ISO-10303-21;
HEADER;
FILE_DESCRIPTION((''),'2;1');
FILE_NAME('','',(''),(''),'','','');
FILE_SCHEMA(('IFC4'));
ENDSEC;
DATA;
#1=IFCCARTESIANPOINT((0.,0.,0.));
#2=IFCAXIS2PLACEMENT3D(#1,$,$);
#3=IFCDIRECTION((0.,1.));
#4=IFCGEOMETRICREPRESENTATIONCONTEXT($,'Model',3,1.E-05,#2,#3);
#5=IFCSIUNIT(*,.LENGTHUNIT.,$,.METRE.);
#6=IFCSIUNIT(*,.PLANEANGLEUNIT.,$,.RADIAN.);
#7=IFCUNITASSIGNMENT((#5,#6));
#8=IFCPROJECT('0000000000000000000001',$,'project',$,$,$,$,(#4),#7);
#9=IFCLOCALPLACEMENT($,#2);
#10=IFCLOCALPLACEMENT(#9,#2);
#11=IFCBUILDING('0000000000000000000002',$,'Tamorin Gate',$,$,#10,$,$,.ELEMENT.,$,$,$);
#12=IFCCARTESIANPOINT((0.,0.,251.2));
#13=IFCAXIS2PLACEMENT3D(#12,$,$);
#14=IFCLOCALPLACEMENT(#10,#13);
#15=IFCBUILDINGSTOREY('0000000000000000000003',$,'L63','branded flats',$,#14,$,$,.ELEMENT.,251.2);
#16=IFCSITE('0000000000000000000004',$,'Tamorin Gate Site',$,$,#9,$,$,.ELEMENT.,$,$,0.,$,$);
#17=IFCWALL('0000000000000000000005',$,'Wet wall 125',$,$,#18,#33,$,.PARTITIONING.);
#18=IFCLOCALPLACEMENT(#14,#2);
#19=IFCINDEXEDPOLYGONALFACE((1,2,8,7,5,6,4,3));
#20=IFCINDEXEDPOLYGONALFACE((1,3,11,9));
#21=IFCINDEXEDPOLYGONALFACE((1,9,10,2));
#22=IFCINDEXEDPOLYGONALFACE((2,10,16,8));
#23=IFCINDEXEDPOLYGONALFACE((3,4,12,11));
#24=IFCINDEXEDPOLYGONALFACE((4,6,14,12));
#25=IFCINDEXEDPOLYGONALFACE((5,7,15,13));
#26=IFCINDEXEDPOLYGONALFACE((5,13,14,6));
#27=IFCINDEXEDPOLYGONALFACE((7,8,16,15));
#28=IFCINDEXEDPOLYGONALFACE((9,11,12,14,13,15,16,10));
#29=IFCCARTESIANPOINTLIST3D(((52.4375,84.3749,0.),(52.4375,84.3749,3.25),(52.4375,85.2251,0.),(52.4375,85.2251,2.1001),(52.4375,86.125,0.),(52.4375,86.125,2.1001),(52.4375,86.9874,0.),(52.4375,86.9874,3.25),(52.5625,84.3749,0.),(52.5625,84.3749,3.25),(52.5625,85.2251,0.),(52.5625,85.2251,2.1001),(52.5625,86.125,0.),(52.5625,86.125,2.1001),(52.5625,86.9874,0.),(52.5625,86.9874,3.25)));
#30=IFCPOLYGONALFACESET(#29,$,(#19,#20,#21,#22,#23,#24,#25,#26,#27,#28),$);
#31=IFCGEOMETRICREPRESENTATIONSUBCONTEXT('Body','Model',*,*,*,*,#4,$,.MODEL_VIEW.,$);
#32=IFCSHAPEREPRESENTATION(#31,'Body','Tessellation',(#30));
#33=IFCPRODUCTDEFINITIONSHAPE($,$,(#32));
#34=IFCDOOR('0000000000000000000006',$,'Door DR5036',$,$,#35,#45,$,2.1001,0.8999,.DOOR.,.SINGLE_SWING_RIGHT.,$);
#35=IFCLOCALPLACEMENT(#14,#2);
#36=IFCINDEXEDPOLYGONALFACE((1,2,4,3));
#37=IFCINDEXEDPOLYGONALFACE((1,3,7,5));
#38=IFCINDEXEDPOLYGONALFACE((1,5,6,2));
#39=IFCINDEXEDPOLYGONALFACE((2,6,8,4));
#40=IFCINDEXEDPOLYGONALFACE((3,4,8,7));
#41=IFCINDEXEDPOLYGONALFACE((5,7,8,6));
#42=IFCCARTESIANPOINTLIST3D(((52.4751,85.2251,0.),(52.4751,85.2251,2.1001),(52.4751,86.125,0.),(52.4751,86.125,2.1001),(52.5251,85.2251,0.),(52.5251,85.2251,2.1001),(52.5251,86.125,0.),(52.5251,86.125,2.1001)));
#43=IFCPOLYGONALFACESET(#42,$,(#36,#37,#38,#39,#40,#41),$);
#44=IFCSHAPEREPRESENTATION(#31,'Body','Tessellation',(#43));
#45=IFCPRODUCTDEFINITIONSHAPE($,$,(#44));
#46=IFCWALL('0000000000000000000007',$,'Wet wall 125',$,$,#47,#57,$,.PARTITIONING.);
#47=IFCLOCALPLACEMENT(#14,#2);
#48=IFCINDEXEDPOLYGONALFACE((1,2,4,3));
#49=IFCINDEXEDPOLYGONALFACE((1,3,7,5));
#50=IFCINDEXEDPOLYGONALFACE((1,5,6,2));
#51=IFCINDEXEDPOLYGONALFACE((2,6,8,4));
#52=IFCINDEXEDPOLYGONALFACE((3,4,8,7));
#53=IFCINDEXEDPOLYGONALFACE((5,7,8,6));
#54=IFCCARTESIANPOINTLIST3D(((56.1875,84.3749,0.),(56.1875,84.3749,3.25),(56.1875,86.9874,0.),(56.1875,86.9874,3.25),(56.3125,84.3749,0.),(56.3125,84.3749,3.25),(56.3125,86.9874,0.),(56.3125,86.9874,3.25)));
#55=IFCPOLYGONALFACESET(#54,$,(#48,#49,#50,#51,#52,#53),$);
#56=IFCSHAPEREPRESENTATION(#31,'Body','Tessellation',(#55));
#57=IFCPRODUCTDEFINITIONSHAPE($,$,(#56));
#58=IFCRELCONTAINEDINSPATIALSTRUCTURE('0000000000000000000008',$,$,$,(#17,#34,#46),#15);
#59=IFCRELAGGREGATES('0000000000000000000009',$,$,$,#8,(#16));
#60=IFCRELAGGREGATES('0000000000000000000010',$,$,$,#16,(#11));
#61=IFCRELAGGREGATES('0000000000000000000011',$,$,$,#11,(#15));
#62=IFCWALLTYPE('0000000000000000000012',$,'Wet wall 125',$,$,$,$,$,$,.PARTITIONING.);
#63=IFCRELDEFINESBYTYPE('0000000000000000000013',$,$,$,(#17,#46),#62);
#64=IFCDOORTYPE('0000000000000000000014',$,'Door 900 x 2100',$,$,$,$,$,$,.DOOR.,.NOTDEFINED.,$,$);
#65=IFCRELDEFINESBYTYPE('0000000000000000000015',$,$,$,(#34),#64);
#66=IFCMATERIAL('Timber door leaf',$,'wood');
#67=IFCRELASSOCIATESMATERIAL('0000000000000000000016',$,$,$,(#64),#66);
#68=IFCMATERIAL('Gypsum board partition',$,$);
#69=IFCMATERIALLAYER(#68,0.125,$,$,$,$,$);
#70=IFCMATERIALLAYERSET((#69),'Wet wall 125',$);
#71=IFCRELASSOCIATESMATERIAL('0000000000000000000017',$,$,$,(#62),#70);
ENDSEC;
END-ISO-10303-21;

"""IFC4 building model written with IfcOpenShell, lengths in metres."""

from ifc_helpers import new_model, si_unit, direction, frame, frame_2d, origin, place, context, subcontext, project, spatial, rectangle, extrude, material, layer, layer_set, type_object, element, fill, save


model = new_model("IFC4")

# Units and contexts
model_context = context("Model", 3, precision=1e-05, world=origin(), true_north=direction((0.0, 1.0)))
body_context = subcontext(model_context, "Body", "Model", "MODEL_VIEW")
ifc_project = project(units=[si_unit("LENGTHUNIT", "METRE"), si_unit("PLANEANGLEUNIT", "RADIAN")], contexts=[model_context])

# Site, building, storey
site_placement = place(None, origin())
site = spatial("IfcSite", under=ifc_project, at=site_placement, Name="Tamorin Gate Site", CompositionType="ELEMENT", RefElevation=0.0)
building_placement = place(site_placement, origin())
building = spatial("IfcBuilding", under=site, at=building_placement, Name="Tamorin Gate", CompositionType="ELEMENT")
storey_placement = place(building_placement, frame((0.0, 0.0, 251.2)))
storey = spatial("IfcBuildingStorey", under=building, at=storey_placement, Name="L63", Description="branded flats", CompositionType="ELEMENT", Elevation=251.2)

# Shared definitions
ifc_material_1 = material(Name="Gypsum board partition")

# Wall, opening, door
ifc_material_2 = material(Name="Timber door leaf", Category="wood")
door_type = type_object("IfcDoorType", Name="Door 900 x 2100", OperationType="NOTDEFINED", PredefinedType="DOOR", material=ifc_material_2)
ifc_layer_1 = layer(ifc_material_1, 0.125)
ifc_layer_set_1 = layer_set([ifc_layer_1], Name="Wet wall 125")
wall_type_1 = type_object("IfcWallType", Name="Wet wall 125", PredefinedType="PARTITIONING", material=ifc_layer_set_1)
wall_1_placement = place(storey_placement, frame((52.5, 84.375, 0.0), z_axis=(0.0, 0.0, 1.0), x_axis=(0.0, 1.0, 0.0)))
wall_1 = element("IfcWall", 1, at=wall_1_placement, inside=storey, type_object=wall_type_1, Name="Wet wall 125", PredefinedType="PARTITIONING", context=body_context, shape_type="SweptSolid", body=[
    extrude(rectangle(XDim=2.6125, YDim=0.125, at=frame_2d((1.3062, 0.0))), origin(), (0.0, 0.0, 1.0), 3.25),
])
opening_1_placement = place(wall_1_placement, frame((0.8501, 0.0, 0.0)))
opening_1 = element("IfcOpeningElement", 2, at=opening_1_placement, cuts=wall_1, PredefinedType="OPENING", context=body_context, shape_type="SweptSolid", body=[
    extrude(rectangle(XDim=0.8999, YDim=2.1001, at=frame_2d((0.45, 1.05))), frame((0.0, 0.0725, 0.0), z_axis=(0.0, -1.0, 0.0), x_axis=(1.0, 0.0, 0.0)), (0.0, 0.0, 1.0), 0.145),
])
door_1_placement = place(opening_1_placement, origin())
door_1 = element("IfcDoor", 3, at=door_1_placement, inside=storey, type_object=door_type, Name="Door DR5036", OperationType="SINGLE_SWING_RIGHT", OverallHeight=2.1001, OverallWidth=0.8999, PredefinedType="DOOR", context=body_context, shape_type="SweptSolid", body=[
    extrude(rectangle(XDim=0.8999, YDim=2.1001, at=frame_2d((0.45, 1.05))), frame((0.0, 0.0249, 0.0), z_axis=(0.0, -1.0, 0.0), x_axis=(1.0, 0.0, 0.0)), (0.0, 0.0, 1.0), 0.05),
])
fill(opening_1, door_1)

# Wall
wall_2_placement = place(storey_placement, frame((56.25, 84.375, 0.0), z_axis=(0.0, 0.0, 1.0), x_axis=(0.0, 1.0, 0.0)))
element("IfcWall", 4, at=wall_2_placement, inside=storey, type_object=wall_type_1, Name="Wet wall 125", PredefinedType="PARTITIONING", context=body_context, shape_type="SweptSolid", body=[
    extrude(rectangle(XDim=2.6125, YDim=0.125, at=frame_2d((1.3062, 0.0))), origin(), (0.0, 0.0, 1.0), 3.25),
])

save(model, "model.ifc")
